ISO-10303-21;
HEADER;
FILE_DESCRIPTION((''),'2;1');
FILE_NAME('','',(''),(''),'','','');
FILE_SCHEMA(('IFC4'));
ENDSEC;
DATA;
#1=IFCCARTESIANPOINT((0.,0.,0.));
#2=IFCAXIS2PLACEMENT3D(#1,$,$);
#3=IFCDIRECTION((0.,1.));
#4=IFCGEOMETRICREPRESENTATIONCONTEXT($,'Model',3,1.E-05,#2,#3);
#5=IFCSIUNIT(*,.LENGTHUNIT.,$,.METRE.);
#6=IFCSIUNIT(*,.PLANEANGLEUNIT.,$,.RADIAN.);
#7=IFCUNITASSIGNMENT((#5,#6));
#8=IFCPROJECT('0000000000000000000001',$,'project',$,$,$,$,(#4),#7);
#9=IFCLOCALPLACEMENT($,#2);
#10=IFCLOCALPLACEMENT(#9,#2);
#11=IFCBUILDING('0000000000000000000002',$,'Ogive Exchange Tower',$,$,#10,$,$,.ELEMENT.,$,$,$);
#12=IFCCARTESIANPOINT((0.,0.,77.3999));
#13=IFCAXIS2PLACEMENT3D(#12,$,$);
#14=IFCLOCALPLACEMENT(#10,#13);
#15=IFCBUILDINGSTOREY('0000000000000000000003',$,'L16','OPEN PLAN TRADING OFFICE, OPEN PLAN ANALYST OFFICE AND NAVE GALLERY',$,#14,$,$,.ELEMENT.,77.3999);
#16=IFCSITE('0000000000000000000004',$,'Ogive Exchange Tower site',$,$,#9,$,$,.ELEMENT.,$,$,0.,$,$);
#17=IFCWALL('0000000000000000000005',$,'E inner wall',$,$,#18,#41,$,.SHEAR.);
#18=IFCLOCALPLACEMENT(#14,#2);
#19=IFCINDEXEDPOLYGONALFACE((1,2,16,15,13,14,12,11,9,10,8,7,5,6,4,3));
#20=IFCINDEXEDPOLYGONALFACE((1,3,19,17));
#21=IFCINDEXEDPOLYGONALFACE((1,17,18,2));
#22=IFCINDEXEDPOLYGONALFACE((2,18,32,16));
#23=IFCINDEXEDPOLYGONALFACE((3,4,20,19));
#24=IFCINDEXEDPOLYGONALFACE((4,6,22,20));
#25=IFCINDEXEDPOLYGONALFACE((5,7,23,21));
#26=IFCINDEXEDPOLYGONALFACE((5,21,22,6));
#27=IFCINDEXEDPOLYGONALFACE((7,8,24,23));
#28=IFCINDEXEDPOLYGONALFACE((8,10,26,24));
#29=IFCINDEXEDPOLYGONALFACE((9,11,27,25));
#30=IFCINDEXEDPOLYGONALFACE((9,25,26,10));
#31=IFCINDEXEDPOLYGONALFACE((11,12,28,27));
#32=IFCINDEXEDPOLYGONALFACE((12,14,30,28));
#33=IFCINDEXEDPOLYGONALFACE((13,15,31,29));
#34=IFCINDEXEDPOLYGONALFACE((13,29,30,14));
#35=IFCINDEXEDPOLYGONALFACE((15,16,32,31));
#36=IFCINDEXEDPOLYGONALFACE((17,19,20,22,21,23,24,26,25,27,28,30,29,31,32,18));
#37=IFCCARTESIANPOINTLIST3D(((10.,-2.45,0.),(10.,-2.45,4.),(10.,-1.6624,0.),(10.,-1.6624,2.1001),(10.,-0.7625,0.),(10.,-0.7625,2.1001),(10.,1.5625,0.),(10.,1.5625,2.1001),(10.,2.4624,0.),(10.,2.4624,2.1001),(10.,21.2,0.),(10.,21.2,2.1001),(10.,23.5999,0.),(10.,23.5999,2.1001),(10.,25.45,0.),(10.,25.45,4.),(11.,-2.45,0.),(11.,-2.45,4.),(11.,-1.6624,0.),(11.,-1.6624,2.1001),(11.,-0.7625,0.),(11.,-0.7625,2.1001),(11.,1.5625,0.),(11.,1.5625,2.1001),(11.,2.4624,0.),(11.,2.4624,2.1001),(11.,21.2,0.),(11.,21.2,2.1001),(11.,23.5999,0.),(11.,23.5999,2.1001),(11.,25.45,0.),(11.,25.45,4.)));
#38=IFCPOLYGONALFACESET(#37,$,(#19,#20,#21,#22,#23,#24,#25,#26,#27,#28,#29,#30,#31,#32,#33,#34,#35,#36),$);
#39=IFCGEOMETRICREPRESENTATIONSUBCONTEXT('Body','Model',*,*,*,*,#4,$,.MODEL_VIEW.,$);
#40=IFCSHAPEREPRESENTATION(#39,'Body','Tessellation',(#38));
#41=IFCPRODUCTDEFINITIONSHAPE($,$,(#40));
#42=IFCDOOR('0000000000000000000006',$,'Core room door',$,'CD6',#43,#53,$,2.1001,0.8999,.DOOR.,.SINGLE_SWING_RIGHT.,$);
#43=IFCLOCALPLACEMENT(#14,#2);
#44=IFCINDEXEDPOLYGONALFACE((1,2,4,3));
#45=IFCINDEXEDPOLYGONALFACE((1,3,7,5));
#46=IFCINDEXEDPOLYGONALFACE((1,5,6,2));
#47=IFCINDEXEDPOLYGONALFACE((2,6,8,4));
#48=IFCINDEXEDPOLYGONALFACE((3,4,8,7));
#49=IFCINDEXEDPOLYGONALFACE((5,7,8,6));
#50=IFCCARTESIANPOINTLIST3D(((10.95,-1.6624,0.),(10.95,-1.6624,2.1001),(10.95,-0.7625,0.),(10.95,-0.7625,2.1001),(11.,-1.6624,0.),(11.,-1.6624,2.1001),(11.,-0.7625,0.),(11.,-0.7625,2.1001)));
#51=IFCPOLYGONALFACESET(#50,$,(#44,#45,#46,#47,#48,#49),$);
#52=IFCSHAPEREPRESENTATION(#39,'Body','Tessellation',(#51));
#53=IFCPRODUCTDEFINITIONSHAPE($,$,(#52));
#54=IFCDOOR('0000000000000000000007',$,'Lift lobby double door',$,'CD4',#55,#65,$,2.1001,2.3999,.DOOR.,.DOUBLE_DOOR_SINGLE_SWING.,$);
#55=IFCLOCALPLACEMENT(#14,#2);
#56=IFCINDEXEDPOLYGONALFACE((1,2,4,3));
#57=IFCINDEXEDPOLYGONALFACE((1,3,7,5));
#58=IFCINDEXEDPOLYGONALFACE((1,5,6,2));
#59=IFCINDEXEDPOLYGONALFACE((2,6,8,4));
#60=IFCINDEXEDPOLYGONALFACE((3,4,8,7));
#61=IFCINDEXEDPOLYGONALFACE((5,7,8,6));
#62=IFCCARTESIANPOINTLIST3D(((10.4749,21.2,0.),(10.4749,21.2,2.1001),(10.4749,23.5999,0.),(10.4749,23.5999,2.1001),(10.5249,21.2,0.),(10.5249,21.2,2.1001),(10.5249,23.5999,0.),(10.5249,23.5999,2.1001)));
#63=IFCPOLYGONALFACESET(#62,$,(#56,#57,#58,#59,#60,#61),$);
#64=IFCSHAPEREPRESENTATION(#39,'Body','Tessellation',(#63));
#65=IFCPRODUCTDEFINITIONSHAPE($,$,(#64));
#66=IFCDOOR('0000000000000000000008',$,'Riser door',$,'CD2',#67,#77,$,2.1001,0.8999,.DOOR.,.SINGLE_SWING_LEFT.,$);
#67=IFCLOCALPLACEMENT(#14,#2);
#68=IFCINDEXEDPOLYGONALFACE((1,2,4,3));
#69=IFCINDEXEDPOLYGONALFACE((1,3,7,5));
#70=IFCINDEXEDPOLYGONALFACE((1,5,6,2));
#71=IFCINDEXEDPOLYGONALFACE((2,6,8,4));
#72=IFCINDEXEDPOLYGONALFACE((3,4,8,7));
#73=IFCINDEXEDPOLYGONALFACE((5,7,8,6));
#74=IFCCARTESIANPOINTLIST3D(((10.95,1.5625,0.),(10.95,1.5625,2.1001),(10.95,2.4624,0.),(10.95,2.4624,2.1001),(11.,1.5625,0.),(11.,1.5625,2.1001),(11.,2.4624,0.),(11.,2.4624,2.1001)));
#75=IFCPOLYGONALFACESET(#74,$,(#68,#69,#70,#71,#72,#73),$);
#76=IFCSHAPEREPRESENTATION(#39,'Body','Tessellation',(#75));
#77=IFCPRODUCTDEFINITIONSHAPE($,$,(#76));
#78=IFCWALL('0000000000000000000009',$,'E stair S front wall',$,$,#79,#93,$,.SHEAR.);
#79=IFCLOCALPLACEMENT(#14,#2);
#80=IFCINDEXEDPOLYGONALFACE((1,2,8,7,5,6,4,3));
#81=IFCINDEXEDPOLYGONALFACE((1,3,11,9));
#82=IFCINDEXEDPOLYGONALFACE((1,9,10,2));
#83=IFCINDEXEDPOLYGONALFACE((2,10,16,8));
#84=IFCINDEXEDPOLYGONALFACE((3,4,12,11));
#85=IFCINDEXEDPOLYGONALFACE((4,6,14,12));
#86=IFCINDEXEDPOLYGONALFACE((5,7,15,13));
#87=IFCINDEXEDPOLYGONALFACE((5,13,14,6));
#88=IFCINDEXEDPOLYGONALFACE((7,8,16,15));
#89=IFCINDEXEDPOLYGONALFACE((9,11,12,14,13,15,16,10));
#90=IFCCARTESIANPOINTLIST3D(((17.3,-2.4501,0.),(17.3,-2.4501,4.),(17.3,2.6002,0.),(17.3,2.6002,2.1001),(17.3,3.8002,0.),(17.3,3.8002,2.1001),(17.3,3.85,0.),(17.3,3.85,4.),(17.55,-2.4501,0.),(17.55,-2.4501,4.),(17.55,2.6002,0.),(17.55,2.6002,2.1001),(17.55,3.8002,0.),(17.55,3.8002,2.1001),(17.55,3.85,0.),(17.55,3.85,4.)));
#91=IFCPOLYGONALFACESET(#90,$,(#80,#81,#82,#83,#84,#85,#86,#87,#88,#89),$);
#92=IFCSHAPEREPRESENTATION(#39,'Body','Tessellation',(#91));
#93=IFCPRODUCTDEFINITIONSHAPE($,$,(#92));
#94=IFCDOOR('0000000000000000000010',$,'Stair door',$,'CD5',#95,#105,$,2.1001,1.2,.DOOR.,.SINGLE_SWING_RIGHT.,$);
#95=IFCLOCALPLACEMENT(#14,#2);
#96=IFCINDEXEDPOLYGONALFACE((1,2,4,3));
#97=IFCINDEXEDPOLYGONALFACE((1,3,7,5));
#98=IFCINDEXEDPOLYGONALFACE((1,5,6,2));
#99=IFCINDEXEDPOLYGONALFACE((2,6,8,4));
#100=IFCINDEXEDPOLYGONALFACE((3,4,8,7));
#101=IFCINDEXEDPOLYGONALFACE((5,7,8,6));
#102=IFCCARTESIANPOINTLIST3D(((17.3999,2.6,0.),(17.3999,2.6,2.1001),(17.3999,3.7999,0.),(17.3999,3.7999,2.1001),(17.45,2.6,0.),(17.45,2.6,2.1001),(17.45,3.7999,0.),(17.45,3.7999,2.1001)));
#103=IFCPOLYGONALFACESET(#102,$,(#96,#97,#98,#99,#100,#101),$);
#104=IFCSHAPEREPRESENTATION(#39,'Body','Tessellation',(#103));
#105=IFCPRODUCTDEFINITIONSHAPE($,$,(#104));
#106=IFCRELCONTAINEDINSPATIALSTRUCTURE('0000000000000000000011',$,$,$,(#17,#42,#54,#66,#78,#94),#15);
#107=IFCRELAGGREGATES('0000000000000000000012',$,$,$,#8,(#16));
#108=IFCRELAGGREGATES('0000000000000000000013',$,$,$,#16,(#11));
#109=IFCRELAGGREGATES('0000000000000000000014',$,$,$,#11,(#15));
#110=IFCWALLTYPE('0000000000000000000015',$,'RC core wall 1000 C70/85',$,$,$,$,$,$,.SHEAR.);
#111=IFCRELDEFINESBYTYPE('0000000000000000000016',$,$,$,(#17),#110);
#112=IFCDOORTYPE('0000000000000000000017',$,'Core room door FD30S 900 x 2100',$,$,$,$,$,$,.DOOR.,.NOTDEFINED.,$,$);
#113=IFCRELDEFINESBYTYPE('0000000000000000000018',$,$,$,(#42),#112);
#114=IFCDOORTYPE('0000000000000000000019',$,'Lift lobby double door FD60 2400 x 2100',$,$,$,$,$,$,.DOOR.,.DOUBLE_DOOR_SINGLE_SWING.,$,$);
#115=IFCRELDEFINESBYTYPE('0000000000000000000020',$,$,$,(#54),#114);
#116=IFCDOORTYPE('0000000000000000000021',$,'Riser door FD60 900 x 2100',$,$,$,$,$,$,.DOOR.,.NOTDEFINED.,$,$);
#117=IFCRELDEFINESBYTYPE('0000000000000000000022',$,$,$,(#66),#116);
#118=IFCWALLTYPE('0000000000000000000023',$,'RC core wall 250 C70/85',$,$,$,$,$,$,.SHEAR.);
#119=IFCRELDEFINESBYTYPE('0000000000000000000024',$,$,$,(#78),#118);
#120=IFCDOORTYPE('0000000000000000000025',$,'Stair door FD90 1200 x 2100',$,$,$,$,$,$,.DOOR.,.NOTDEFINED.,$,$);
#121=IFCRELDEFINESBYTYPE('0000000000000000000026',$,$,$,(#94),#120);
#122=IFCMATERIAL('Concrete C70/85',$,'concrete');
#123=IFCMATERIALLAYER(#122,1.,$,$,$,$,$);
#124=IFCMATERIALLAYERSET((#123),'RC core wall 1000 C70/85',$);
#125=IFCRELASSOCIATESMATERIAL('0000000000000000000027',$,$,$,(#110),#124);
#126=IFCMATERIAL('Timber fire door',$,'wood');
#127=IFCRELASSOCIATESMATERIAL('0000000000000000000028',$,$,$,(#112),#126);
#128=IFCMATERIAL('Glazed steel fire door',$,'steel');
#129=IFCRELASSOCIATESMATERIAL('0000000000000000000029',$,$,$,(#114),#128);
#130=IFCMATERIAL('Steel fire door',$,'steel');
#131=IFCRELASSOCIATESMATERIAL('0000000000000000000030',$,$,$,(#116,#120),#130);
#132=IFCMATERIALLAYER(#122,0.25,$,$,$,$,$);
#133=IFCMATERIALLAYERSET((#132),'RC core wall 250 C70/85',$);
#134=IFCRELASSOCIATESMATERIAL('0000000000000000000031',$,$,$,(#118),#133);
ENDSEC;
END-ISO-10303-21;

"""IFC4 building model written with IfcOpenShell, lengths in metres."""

from ifc_helpers import new_model, si_unit, direction, frame, frame_2d, origin, place, context, subcontext, project, spatial, rectangle, extrude, material, layer, layer_set, type_object, element, fill, save


model = new_model("IFC4")

# Units and contexts
model_context = context("Model", 3, precision=1e-05, world=origin(), true_north=direction((0.0, 1.0)))
body_context = subcontext(model_context, "Body", "Model", "MODEL_VIEW")
ifc_project = project(units=[si_unit("LENGTHUNIT", "METRE"), si_unit("PLANEANGLEUNIT", "RADIAN")], contexts=[model_context])

# Site, building, storey
site_placement = place(None, origin())
site = spatial("IfcSite", under=ifc_project, at=site_placement, Name="Ogive Exchange Tower site", CompositionType="ELEMENT", RefElevation=0.0)
building_placement = place(site_placement, origin())
building = spatial("IfcBuilding", under=site, at=building_placement, Name="Ogive Exchange Tower", CompositionType="ELEMENT")
storey_placement = place(building_placement, frame((0.0, 0.0, 77.3999)))
storey = spatial("IfcBuildingStorey", under=building, at=storey_placement, Name="L16", Description="OPEN PLAN TRADING OFFICE, OPEN PLAN ANALYST OFFICE AND NAVE GALLERY", CompositionType="ELEMENT", Elevation=77.3999)

# Shared definitions
ifc_material_1 = material(Name="Concrete C70/85", Category="concrete")

# Wall, openings, doors
ifc_layer_1 = layer(ifc_material_1, 1.0)
ifc_layer_set_1 = layer_set([ifc_layer_1], Name="RC core wall 1000 C70/85")
wall_type_1 = type_object("IfcWallType", Name="RC core wall 1000 C70/85", PredefinedType="SHEAR", material=ifc_layer_set_1)
wall_1_placement = place(storey_placement, frame((10.5, -2.45, 0.0), z_axis=(0.0, 0.0, 1.0), x_axis=(0.0, 1.0, 0.0)))
wall_1 = element("IfcWall", 1, at=wall_1_placement, inside=storey, type_object=wall_type_1, Name="E inner wall", PredefinedType="SHEAR", context=body_context, shape_type="SweptSolid", body=[
    extrude(rectangle(XDim=27.8999, YDim=1.0, at=frame_2d((13.95, 0.0))), origin(), (0.0, 0.0, 1.0), 4.0),
])
opening_1_placement = place(wall_1_placement, frame((23.6499, 0.0, 0.0)))
opening_1 = element("IfcOpeningElement", 2, at=opening_1_placement, cuts=wall_1, PredefinedType="OPENING", context=body_context, shape_type="SweptSolid", body=[
    extrude(rectangle(XDim=2.3999, YDim=2.1001, at=frame_2d((1.2, 1.05))), frame((0.0, 0.51, 0.0), z_axis=(0.0, -1.0, 0.0), x_axis=(1.0, 0.0, 0.0)), (0.0, 0.0, 1.0), 1.02),
])
opening_2_placement = place(wall_1_placement, frame((0.7876, 0.0, 0.0)))
opening_2 = element("IfcOpeningElement", 3, at=opening_2_placement, cuts=wall_1, PredefinedType="OPENING", context=body_context, shape_type="SweptSolid", body=[
    extrude(rectangle(XDim=0.8999, YDim=2.1001, at=frame_2d((0.45, 1.05))), frame((0.0, 0.51, 0.0), z_axis=(0.0, -1.0, 0.0), x_axis=(1.0, 0.0, 0.0)), (0.0, 0.0, 1.0), 1.02),
])
opening_3_placement = place(wall_1_placement, frame((4.0125, 0.0, 0.0)))
opening_3 = element("IfcOpeningElement", 4, at=opening_3_placement, cuts=wall_1, PredefinedType="OPENING", context=body_context, shape_type="SweptSolid", body=[
    extrude(rectangle(XDim=0.8999, YDim=2.1001, at=frame_2d((0.45, 1.05))), frame((0.0, 0.51, 0.0), z_axis=(0.0, -1.0, 0.0), x_axis=(1.0, 0.0, 0.0)), (0.0, 0.0, 1.0), 1.02),
])
ifc_material_2 = material(Name="Timber fire door", Category="wood")
door_type_1 = type_object("IfcDoorType", Name="Core room door FD30S 900 x 2100", OperationType="NOTDEFINED", PredefinedType="DOOR", material=ifc_material_2)
door_1_placement = place(opening_2_placement, frame((0.8999, -0.9502, 0.0), z_axis=(0.0, 0.0, 1.0), x_axis=(-1.0, 0.0, 0.0)))
door_1 = element("IfcDoor", 5, at=door_1_placement, inside=storey, type_object=door_type_1, Name="Core room door", ObjectType="CD6", OperationType="SINGLE_SWING_RIGHT", OverallHeight=2.1001, OverallWidth=0.8999, PredefinedType="DOOR", context=body_context, shape_type="SweptSolid", body=[
    extrude(rectangle(XDim=0.8999, YDim=2.1001, at=frame_2d((0.45, 1.05))), frame((0.0, -0.4502, 0.0), z_axis=(0.0, -1.0, 0.0), x_axis=(1.0, 0.0, 0.0)), (0.0, 0.0, 1.0), 0.05),
])
fill(opening_2, door_1)
ifc_material_3 = material(Name="Glazed steel fire door", Category="steel")
door_type_2 = type_object("IfcDoorType", Name="Lift lobby double door FD60 2400 x 2100", OperationType="DOUBLE_DOOR_SINGLE_SWING", PredefinedType="DOOR", material=ifc_material_3)
door_2_placement = place(opening_1_placement, frame((2.3999, 0.0, 0.0), z_axis=(0.0, 0.0, 1.0), x_axis=(-1.0, 0.0, 0.0)))
door_2 = element("IfcDoor", 6, at=door_2_placement, inside=storey, type_object=door_type_2, Name="Lift lobby double door", ObjectType="CD4", OperationType="DOUBLE_DOOR_SINGLE_SWING", OverallHeight=2.1001, OverallWidth=2.3999, PredefinedType="DOOR", context=body_context, shape_type="SweptSolid", body=[
    extrude(rectangle(XDim=2.3999, YDim=2.1001, at=frame_2d((1.2, 1.05))), frame((0.0, 0.0249, 0.0), z_axis=(0.0, -1.0, 0.0), x_axis=(1.0, 0.0, 0.0)), (0.0, 0.0, 1.0), 0.05),
])
fill(opening_1, door_2)
ifc_material_4 = material(Name="Steel fire door", Category="steel")
door_type_3 = type_object("IfcDoorType", Name="Riser door FD60 900 x 2100", OperationType="NOTDEFINED", PredefinedType="DOOR", material=ifc_material_4)
door_3_placement = place(opening_3_placement, frame((0.8999, -0.9502, 0.0), z_axis=(0.0, 0.0, 1.0), x_axis=(-1.0, 0.0, 0.0)))
door_3 = element("IfcDoor", 7, at=door_3_placement, inside=storey, type_object=door_type_3, Name="Riser door", ObjectType="CD2", OperationType="SINGLE_SWING_LEFT", OverallHeight=2.1001, OverallWidth=0.8999, PredefinedType="DOOR", context=body_context, shape_type="SweptSolid", body=[
    extrude(rectangle(XDim=0.8999, YDim=2.1001, at=frame_2d((0.45, 1.05))), frame((0.0, -0.4502, 0.0), z_axis=(0.0, -1.0, 0.0), x_axis=(1.0, 0.0, 0.0)), (0.0, 0.0, 1.0), 0.05),
])
fill(opening_3, door_3)

# Wall, opening, door
ifc_layer_2 = layer(ifc_material_1, 0.25)
ifc_layer_set_2 = layer_set([ifc_layer_2], Name="RC core wall 250 C70/85")
wall_type_2 = type_object("IfcWallType", Name="RC core wall 250 C70/85", PredefinedType="SHEAR", material=ifc_layer_set_2)
wall_2_placement = place(storey_placement, frame((17.425, -2.45, 0.0), z_axis=(0.0, 0.0, 1.0), x_axis=(0.0, 1.0, 0.0)))
wall_2 = element("IfcWall", 8, at=wall_2_placement, inside=storey, type_object=wall_type_2, Name="E stair S front wall", PredefinedType="SHEAR", context=body_context, shape_type="SweptSolid", body=[
    extrude(rectangle(XDim=6.3, YDim=0.25, at=frame_2d((3.1499, 0.0))), origin(), (0.0, 0.0, 1.0), 4.0),
])
opening_4_placement = place(wall_2_placement, frame((5.05, 0.0, 0.0)))
opening_4 = element("IfcOpeningElement", 9, at=opening_4_placement, cuts=wall_2, PredefinedType="OPENING", context=body_context, shape_type="SweptSolid", body=[
    extrude(rectangle(XDim=1.2, YDim=2.1001, at=frame_2d((0.6001, 1.05))), frame((0.0, 0.135, 0.0), z_axis=(0.0, -1.0, 0.0), x_axis=(1.0, 0.0, 0.0)), (0.0, 0.0, 1.0), 0.27),
])
door_type_4 = type_object("IfcDoorType", Name="Stair door FD90 1200 x 2100", OperationType="NOTDEFINED", PredefinedType="DOOR", material=ifc_material_4)
door_4_placement = place(opening_4_placement, frame((1.2, 0.0, 0.0), z_axis=(0.0, 0.0, 1.0), x_axis=(-1.0, 0.0, 0.0)))
door_4 = element("IfcDoor", 10, at=door_4_placement, inside=storey, type_object=door_type_4, Name="Stair door", ObjectType="CD5", OperationType="SINGLE_SWING_RIGHT", OverallHeight=2.1001, OverallWidth=1.2, PredefinedType="DOOR", context=body_context, shape_type="SweptSolid", body=[
    extrude(rectangle(XDim=1.2, YDim=2.1001, at=frame_2d((0.6001, 1.05))), frame((0.0, 0.0249, 0.0), z_axis=(0.0, -1.0, 0.0), x_axis=(1.0, 0.0, 0.0)), (0.0, 0.0, 1.0), 0.05),
])
fill(opening_4, door_4)

save(model, "model.ifc")
